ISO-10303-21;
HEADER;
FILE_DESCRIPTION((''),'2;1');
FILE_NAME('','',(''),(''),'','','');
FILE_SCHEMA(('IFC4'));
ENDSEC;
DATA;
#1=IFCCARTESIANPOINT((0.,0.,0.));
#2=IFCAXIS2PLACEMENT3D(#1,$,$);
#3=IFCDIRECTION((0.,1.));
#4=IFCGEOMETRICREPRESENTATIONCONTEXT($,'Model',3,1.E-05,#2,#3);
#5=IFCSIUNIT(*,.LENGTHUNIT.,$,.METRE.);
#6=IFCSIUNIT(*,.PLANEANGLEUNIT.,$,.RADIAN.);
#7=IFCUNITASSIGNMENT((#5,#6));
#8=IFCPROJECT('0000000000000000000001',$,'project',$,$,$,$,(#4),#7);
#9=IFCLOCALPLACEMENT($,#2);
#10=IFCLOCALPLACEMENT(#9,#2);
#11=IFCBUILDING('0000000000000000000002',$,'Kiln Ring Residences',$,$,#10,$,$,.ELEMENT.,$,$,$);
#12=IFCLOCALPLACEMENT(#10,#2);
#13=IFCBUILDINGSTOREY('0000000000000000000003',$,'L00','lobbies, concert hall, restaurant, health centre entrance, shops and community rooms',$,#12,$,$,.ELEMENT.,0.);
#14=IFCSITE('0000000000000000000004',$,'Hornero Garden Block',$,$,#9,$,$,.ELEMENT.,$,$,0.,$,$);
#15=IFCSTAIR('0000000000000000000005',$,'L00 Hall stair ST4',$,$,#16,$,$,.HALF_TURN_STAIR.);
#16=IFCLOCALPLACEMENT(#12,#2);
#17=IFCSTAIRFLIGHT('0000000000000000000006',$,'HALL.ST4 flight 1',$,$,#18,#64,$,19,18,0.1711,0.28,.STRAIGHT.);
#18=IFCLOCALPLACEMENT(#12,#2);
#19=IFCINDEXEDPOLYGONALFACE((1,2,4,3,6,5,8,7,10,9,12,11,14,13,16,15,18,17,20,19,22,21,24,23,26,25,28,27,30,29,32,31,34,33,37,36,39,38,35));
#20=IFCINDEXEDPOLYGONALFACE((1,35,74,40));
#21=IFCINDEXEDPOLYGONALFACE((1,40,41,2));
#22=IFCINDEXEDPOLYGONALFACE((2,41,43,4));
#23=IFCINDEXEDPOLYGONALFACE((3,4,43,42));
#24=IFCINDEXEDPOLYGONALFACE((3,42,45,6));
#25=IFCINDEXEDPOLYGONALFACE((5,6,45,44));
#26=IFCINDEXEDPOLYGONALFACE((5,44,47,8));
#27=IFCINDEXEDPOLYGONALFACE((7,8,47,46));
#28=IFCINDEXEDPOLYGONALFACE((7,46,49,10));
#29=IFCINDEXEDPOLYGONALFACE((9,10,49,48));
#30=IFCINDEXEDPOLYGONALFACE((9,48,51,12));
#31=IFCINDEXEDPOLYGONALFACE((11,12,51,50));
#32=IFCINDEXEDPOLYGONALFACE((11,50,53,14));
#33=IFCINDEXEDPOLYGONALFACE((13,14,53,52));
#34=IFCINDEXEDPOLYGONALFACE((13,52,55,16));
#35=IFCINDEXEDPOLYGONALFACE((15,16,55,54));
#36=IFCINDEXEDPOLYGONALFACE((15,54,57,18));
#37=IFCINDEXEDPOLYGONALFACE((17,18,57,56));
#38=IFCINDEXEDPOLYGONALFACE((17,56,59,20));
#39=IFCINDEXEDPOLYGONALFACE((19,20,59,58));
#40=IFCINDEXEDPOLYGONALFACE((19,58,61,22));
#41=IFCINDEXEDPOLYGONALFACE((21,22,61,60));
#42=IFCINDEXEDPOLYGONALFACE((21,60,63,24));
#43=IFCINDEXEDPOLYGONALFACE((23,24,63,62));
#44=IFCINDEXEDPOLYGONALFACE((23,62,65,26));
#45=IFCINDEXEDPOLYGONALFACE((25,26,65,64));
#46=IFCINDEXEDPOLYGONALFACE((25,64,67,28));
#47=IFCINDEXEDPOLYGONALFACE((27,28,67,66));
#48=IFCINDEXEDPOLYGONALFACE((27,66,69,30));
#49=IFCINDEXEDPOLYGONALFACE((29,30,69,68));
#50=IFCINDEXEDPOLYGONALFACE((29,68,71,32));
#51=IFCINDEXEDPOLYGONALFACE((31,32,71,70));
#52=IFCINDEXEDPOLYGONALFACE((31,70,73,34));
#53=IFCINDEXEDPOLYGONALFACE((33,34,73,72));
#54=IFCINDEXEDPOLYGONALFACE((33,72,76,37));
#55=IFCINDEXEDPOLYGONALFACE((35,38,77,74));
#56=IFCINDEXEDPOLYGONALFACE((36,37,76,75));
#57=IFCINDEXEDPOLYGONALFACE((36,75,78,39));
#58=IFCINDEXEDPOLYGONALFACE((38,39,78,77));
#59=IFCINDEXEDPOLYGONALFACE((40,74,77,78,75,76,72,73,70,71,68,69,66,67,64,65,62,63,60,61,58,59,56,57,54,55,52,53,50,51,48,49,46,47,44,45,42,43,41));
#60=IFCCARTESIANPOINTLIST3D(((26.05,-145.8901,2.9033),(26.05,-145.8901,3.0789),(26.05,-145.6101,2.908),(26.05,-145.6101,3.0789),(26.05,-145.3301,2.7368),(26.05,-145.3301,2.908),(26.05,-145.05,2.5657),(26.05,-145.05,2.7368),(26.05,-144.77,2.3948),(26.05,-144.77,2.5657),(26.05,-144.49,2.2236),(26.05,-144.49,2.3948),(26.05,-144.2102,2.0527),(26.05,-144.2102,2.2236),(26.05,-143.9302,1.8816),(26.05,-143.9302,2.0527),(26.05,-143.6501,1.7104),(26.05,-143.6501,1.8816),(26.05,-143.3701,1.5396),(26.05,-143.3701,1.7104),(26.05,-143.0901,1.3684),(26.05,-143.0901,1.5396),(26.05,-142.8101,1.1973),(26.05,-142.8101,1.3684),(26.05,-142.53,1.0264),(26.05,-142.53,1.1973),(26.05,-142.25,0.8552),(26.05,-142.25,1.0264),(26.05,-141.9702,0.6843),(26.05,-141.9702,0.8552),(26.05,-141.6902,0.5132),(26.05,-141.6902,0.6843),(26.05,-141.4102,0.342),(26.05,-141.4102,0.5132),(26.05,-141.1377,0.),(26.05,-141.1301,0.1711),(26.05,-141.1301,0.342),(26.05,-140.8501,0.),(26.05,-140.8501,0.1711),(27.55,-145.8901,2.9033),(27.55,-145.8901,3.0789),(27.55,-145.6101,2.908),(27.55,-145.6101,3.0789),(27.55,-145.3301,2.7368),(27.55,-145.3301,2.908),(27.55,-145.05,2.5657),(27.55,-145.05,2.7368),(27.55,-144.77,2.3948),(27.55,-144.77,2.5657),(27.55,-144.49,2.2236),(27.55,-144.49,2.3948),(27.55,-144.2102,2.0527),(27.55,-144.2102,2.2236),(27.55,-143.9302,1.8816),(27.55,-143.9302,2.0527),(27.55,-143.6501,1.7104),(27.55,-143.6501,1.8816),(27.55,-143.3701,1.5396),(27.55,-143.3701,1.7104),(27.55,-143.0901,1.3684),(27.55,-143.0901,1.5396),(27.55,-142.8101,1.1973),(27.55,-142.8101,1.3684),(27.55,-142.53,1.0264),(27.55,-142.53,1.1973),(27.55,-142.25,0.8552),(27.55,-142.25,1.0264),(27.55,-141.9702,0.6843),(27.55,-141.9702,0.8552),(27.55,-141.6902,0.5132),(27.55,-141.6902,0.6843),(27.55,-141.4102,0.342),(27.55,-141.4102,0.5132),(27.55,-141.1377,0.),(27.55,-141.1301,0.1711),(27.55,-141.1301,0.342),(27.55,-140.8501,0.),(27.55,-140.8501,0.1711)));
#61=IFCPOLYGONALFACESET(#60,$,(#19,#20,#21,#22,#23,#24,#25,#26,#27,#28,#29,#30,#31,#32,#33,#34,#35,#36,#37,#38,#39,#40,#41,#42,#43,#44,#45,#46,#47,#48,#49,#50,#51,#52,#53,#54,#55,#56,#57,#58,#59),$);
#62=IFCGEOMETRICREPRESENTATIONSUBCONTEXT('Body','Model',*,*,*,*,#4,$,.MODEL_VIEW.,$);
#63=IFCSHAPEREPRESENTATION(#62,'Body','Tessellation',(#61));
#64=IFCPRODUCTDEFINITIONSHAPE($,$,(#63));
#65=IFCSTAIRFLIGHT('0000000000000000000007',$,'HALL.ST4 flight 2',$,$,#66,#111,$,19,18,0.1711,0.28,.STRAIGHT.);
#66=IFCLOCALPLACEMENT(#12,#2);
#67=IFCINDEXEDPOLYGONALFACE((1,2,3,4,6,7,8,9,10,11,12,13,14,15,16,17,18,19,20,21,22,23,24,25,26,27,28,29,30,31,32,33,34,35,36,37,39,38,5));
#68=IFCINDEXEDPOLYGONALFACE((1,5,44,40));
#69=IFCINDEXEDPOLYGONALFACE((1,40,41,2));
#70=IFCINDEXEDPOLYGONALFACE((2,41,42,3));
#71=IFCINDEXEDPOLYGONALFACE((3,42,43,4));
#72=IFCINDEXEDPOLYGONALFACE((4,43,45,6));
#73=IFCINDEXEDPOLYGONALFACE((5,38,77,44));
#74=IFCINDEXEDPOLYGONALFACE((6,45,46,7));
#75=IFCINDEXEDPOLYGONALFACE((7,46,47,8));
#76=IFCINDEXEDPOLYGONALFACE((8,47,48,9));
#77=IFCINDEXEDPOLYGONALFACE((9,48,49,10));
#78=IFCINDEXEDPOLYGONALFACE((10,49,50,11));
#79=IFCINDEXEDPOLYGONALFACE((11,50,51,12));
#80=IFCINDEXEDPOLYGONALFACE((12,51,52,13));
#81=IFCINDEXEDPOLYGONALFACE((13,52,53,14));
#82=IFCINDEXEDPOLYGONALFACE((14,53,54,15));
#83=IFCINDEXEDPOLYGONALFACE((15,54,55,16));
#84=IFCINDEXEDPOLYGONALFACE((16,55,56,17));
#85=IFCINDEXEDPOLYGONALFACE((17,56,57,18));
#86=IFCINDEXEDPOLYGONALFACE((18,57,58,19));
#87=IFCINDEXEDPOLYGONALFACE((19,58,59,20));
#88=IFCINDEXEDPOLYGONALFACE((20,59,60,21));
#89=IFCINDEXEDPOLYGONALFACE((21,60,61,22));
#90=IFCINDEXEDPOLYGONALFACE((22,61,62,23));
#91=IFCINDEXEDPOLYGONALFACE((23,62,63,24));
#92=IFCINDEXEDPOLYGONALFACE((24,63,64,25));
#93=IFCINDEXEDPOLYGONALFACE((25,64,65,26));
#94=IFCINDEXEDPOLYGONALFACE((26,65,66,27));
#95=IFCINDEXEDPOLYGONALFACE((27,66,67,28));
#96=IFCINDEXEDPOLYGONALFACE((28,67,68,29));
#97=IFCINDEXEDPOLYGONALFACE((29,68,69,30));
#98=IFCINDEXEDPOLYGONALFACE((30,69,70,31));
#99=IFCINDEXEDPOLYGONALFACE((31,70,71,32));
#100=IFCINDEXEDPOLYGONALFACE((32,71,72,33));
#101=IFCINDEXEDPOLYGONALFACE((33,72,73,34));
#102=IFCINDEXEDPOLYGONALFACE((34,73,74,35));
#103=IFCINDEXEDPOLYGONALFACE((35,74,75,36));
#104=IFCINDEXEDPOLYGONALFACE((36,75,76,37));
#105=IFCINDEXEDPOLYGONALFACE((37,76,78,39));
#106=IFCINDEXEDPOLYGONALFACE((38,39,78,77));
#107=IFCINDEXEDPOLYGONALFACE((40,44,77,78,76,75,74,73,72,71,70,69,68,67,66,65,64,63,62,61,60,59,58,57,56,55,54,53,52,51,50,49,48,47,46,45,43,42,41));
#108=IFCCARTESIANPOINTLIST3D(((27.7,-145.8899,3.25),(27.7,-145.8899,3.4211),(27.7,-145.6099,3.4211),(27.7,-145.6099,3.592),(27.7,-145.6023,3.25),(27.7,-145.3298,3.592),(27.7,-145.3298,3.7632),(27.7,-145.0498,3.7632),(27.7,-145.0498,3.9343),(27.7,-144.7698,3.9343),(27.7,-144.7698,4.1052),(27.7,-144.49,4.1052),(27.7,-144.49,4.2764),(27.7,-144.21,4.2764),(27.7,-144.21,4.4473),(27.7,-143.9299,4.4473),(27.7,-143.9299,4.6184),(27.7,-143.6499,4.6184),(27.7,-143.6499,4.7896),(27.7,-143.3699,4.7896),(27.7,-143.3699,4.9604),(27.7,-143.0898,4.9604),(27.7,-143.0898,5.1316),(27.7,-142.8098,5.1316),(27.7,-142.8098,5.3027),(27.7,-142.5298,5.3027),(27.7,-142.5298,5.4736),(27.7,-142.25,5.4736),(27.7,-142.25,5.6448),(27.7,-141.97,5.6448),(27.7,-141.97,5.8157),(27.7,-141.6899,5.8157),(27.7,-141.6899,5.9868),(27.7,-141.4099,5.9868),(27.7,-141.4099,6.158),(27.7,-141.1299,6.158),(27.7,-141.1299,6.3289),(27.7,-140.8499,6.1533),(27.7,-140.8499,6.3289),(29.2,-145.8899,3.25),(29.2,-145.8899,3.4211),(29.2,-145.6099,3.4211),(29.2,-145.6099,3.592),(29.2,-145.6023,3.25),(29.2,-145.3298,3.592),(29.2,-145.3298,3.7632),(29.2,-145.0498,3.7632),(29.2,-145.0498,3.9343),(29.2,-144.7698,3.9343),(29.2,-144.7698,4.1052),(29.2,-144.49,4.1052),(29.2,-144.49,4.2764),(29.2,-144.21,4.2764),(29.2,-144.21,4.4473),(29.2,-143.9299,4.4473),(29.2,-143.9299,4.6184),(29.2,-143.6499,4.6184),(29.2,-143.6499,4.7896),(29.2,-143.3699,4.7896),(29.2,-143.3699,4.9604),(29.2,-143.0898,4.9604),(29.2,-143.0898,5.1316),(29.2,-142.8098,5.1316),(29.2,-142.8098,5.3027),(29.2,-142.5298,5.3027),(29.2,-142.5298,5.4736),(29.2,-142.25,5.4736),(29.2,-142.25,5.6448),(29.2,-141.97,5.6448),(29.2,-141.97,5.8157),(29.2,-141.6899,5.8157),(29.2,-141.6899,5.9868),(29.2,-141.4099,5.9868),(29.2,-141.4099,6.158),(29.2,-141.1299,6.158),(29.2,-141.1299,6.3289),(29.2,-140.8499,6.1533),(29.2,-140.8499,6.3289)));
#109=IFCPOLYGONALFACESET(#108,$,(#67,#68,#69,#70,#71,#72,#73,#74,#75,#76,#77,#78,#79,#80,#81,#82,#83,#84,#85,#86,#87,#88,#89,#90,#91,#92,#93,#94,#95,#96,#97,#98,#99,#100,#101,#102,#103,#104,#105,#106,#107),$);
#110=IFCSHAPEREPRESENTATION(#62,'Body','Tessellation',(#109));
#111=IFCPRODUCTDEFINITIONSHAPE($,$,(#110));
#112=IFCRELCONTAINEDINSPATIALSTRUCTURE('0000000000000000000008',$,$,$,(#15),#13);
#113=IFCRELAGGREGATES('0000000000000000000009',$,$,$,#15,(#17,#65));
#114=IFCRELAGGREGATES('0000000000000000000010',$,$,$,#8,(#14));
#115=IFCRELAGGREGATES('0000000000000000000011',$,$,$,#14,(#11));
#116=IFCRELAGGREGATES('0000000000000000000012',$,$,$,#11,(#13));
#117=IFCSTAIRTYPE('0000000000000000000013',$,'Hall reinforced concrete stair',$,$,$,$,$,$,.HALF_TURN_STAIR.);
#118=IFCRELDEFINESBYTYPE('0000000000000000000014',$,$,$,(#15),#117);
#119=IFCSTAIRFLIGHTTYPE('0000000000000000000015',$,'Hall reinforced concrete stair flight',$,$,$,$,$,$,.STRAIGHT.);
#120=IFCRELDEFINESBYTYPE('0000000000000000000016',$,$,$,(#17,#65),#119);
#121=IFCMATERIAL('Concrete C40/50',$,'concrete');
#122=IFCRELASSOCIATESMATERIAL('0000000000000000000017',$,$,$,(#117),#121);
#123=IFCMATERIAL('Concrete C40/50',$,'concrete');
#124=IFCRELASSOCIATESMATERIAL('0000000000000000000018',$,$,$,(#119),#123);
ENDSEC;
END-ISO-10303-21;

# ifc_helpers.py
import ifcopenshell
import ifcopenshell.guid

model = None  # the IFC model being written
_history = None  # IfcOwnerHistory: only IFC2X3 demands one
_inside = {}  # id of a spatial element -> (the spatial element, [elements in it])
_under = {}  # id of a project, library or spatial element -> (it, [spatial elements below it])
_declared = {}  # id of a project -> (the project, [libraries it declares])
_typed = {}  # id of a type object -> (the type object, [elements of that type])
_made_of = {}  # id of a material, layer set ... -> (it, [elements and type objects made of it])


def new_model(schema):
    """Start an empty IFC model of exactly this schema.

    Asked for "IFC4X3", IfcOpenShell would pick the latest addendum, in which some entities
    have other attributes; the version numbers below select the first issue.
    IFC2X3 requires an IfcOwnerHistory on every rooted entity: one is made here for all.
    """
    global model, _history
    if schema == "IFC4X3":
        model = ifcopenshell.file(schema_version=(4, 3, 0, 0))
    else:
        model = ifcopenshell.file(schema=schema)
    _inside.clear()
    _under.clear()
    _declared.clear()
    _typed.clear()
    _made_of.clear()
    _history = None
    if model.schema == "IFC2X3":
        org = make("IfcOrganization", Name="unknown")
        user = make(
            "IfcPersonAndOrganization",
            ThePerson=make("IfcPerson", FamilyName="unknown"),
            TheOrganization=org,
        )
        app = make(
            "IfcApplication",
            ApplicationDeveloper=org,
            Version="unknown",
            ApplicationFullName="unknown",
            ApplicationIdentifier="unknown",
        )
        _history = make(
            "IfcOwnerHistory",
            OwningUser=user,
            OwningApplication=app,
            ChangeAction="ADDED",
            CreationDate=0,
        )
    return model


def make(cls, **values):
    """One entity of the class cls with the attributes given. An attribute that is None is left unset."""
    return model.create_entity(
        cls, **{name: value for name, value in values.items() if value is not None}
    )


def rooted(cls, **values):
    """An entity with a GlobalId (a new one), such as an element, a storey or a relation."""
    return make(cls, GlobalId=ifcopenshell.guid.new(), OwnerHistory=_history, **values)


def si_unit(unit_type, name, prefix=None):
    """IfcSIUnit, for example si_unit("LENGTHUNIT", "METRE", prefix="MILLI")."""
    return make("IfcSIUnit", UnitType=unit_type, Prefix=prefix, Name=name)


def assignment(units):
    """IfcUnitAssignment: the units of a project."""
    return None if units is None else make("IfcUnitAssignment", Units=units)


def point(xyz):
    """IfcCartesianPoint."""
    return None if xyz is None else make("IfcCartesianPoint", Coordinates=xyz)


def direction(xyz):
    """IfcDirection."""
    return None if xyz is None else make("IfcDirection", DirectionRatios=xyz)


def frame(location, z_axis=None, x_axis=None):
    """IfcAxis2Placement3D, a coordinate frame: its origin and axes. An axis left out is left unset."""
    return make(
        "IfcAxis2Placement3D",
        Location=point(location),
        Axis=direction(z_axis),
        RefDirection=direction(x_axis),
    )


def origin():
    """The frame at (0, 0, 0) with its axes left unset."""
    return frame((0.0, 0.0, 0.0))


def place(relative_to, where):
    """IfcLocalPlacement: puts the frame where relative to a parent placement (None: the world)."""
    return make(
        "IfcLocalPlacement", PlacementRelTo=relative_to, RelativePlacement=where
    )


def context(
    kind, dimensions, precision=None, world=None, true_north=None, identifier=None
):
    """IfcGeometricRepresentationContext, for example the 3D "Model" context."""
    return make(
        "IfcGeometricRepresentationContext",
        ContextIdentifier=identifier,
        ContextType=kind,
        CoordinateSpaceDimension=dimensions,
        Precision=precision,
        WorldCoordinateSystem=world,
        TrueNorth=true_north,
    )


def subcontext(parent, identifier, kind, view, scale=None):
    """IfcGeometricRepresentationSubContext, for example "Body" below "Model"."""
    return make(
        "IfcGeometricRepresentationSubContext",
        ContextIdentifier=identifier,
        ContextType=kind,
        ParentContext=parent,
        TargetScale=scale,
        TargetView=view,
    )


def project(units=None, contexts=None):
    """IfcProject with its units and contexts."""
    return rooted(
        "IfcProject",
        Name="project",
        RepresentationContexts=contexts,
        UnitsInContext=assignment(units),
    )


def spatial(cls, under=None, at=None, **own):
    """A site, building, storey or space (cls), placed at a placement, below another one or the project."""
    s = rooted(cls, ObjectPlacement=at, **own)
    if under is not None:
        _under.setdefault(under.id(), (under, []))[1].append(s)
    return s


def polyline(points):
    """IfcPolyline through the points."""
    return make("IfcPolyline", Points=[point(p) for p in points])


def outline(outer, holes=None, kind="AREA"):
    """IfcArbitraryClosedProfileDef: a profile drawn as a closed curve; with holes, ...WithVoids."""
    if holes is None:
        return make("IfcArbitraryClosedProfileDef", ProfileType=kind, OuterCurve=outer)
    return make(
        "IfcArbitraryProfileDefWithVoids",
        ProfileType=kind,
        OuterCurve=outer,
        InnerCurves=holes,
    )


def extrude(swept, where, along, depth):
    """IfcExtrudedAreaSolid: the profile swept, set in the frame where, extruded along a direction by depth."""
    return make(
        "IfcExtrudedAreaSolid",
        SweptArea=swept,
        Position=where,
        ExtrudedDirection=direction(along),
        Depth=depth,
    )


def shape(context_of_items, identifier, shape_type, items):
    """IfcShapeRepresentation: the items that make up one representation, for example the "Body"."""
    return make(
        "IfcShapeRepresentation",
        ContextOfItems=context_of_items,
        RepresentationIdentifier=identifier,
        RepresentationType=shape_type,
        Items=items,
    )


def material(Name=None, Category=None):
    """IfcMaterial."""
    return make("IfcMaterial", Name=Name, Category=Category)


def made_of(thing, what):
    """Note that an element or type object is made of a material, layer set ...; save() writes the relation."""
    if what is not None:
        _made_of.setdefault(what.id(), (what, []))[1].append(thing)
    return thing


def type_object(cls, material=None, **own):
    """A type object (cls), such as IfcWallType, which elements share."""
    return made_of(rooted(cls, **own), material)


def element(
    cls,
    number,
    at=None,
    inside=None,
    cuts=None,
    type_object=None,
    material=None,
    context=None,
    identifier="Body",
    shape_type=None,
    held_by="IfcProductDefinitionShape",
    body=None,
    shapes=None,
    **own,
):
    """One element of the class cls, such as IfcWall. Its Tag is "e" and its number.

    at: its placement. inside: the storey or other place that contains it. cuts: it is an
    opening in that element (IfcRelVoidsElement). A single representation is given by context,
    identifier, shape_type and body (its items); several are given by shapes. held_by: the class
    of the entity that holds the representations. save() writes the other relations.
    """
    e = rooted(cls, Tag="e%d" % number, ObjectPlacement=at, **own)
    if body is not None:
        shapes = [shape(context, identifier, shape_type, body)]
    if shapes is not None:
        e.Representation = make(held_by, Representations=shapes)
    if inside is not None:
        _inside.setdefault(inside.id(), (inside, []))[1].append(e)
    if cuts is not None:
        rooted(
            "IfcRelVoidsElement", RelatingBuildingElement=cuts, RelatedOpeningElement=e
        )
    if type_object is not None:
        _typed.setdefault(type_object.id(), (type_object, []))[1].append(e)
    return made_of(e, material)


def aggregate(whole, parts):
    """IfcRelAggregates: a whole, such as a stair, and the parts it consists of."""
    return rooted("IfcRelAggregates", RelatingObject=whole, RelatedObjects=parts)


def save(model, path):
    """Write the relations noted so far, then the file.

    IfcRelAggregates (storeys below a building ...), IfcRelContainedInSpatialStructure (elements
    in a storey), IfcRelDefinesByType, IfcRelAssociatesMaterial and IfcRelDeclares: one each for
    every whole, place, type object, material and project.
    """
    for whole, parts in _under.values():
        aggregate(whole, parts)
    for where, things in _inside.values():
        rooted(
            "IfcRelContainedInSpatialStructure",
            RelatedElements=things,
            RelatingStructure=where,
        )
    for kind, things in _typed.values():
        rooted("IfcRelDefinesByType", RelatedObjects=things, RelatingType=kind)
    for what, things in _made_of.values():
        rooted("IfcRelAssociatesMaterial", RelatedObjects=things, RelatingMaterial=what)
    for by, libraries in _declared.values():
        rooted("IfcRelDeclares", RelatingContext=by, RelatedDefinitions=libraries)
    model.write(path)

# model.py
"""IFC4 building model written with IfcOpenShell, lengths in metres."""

from ifc_helpers import new_model, si_unit, direction, frame, origin, place, context, subcontext, project, spatial, polyline, outline, extrude, material, type_object, element, aggregate, save


model = new_model("IFC4")

# Units and contexts
model_context = context("Model", 3, precision=1e-05, world=origin(), true_north=direction((0.0, 1.0)))
body_context = subcontext(model_context, "Body", "Model", "MODEL_VIEW")
ifc_project = project(units=[si_unit("LENGTHUNIT", "METRE"), si_unit("PLANEANGLEUNIT", "RADIAN")], contexts=[model_context])

# Site, building, storey
site_placement = place(None, origin())
site = spatial("IfcSite", under=ifc_project, at=site_placement, Name="Hornero Garden Block", CompositionType="ELEMENT", RefElevation=0.0)
building_placement = place(site_placement, origin())
building = spatial("IfcBuilding", under=site, at=building_placement, Name="Kiln Ring Residences", CompositionType="ELEMENT")
storey_placement = place(building_placement, origin())
storey = spatial("IfcBuildingStorey", under=building, at=storey_placement, Name="L00", Description="lobbies, concert hall, restaurant, health centre entrance, shops and community rooms", CompositionType="ELEMENT", Elevation=0.0)

# Stair, stair flights
ifc_material_1 = material(Name="Concrete C40/50", Category="concrete")
stair_type = type_object("IfcStairType", Name="Hall reinforced concrete stair", PredefinedType="HALF_TURN_STAIR", material=ifc_material_1)
placement = place(storey_placement, origin())
ifc_material_2 = material(Name="Concrete C40/50", Category="concrete")
stair_flight_type = type_object("IfcStairFlightType", Name="Hall reinforced concrete stair flight", PredefinedType="STRAIGHT", material=ifc_material_2)
stair_1 = element("IfcStair", 1, at=placement, inside=storey, type_object=stair_type, Name="L00 Hall stair ST4", PredefinedType="HALF_TURN_STAIR")
stair_flight_1_placement = place(storey_placement, frame((26.8, -140.8501, 0.0), z_axis=(0.0, 0.0, 1.0), x_axis=(0.0, -1.0, 0.0)))
stair_flight_1 = element("IfcStairFlight", 2, at=stair_flight_1_placement, type_object=stair_flight_type, Name="HALL.ST4 flight 1", NumberOfRisers=19, NumberOfTreads=18, PredefinedType="STRAIGHT", RiserHeight=0.1711, TreadLength=0.28, context=body_context, shape_type="SweptSolid", body=[
    extrude(outline(polyline([(0.0, 0.0), (0.0, 0.1711), (0.28, 0.1711), (0.28, 0.342), (0.5601, 0.342), (0.5601, 0.5132), (0.8401, 0.5132), (0.8401, 0.6843), (1.1201, 0.6843), (1.1201, 0.8552), (1.3999, 0.8552), (1.3999, 1.0264), (1.6799, 1.0264), (1.6799, 1.1973), (1.96, 1.1973), (1.96, 1.3684), (2.24, 1.3684), (2.24, 1.5396), (2.52, 1.5396), (2.52, 1.7104), (2.8, 1.7104), (2.8, 1.8816), (3.0801, 1.8816), (3.0801, 2.0527), (3.3601, 2.0527), (3.3601, 2.2236), (3.6399, 2.2236), (3.6399, 2.3948), (3.9199, 2.3948), (3.9199, 2.5657), (4.2, 2.5657), (4.2, 2.7368), (4.48, 2.7368), (4.48, 2.908), (4.76, 2.908), (4.76, 3.0789), (5.04, 3.0789), (5.04, 3.25), (5.04, 2.9033), (0.2876, 0.0), (0.0, 0.0)])), frame((0.0, 0.75, 0.0), z_axis=(0.0, -1.0, 0.0), x_axis=(1.0, 0.0, 0.0)), (0.0, 0.0, 1.0), 1.5),
])
stair_flight_2_placement = place(storey_placement, frame((28.45, -145.8899, 3.25), z_axis=(0.0, 0.0, 1.0), x_axis=(0.0, 1.0, 0.0)))
stair_flight_2 = element("IfcStairFlight", 3, at=stair_flight_2_placement, type_object=stair_flight_type, Name="HALL.ST4 flight 2", NumberOfRisers=19, NumberOfTreads=18, PredefinedType="STRAIGHT", RiserHeight=0.1711, TreadLength=0.28, context=body_context, shape_type="SweptSolid", body=[
    extrude(outline(polyline([(0.0, 0.0), (0.0, 0.1711), (0.28, 0.1711), (0.28, 0.342), (0.5601, 0.342), (0.5601, 0.5132), (0.8401, 0.5132), (0.8401, 0.6843), (1.1201, 0.6843), (1.1201, 0.8552), (1.3999, 0.8552), (1.3999, 1.0264), (1.6799, 1.0264), (1.6799, 1.1973), (1.96, 1.1973), (1.96, 1.3684), (2.24, 1.3684), (2.24, 1.5396), (2.52, 1.5396), (2.52, 1.7104), (2.8, 1.7104), (2.8, 1.8816), (3.0801, 1.8816), (3.0801, 2.0527), (3.3601, 2.0527), (3.3601, 2.2236), (3.6399, 2.2236), (3.6399, 2.3948), (3.9199, 2.3948), (3.9199, 2.5657), (4.2, 2.5657), (4.2, 2.7368), (4.48, 2.7368), (4.48, 2.908), (4.76, 2.908), (4.76, 3.0789), (5.04, 3.0789), (5.04, 3.25), (5.04, 2.9033), (0.2876, 0.0), (0.0, 0.0)])), frame((0.0, 0.75, 0.0), z_axis=(0.0, -1.0, 0.0), x_axis=(1.0, 0.0, 0.0)), (0.0, 0.0, 1.0), 1.5),
])
aggregate(stair_1, [stair_flight_1, stair_flight_2])

save(model, "model.ifc")
